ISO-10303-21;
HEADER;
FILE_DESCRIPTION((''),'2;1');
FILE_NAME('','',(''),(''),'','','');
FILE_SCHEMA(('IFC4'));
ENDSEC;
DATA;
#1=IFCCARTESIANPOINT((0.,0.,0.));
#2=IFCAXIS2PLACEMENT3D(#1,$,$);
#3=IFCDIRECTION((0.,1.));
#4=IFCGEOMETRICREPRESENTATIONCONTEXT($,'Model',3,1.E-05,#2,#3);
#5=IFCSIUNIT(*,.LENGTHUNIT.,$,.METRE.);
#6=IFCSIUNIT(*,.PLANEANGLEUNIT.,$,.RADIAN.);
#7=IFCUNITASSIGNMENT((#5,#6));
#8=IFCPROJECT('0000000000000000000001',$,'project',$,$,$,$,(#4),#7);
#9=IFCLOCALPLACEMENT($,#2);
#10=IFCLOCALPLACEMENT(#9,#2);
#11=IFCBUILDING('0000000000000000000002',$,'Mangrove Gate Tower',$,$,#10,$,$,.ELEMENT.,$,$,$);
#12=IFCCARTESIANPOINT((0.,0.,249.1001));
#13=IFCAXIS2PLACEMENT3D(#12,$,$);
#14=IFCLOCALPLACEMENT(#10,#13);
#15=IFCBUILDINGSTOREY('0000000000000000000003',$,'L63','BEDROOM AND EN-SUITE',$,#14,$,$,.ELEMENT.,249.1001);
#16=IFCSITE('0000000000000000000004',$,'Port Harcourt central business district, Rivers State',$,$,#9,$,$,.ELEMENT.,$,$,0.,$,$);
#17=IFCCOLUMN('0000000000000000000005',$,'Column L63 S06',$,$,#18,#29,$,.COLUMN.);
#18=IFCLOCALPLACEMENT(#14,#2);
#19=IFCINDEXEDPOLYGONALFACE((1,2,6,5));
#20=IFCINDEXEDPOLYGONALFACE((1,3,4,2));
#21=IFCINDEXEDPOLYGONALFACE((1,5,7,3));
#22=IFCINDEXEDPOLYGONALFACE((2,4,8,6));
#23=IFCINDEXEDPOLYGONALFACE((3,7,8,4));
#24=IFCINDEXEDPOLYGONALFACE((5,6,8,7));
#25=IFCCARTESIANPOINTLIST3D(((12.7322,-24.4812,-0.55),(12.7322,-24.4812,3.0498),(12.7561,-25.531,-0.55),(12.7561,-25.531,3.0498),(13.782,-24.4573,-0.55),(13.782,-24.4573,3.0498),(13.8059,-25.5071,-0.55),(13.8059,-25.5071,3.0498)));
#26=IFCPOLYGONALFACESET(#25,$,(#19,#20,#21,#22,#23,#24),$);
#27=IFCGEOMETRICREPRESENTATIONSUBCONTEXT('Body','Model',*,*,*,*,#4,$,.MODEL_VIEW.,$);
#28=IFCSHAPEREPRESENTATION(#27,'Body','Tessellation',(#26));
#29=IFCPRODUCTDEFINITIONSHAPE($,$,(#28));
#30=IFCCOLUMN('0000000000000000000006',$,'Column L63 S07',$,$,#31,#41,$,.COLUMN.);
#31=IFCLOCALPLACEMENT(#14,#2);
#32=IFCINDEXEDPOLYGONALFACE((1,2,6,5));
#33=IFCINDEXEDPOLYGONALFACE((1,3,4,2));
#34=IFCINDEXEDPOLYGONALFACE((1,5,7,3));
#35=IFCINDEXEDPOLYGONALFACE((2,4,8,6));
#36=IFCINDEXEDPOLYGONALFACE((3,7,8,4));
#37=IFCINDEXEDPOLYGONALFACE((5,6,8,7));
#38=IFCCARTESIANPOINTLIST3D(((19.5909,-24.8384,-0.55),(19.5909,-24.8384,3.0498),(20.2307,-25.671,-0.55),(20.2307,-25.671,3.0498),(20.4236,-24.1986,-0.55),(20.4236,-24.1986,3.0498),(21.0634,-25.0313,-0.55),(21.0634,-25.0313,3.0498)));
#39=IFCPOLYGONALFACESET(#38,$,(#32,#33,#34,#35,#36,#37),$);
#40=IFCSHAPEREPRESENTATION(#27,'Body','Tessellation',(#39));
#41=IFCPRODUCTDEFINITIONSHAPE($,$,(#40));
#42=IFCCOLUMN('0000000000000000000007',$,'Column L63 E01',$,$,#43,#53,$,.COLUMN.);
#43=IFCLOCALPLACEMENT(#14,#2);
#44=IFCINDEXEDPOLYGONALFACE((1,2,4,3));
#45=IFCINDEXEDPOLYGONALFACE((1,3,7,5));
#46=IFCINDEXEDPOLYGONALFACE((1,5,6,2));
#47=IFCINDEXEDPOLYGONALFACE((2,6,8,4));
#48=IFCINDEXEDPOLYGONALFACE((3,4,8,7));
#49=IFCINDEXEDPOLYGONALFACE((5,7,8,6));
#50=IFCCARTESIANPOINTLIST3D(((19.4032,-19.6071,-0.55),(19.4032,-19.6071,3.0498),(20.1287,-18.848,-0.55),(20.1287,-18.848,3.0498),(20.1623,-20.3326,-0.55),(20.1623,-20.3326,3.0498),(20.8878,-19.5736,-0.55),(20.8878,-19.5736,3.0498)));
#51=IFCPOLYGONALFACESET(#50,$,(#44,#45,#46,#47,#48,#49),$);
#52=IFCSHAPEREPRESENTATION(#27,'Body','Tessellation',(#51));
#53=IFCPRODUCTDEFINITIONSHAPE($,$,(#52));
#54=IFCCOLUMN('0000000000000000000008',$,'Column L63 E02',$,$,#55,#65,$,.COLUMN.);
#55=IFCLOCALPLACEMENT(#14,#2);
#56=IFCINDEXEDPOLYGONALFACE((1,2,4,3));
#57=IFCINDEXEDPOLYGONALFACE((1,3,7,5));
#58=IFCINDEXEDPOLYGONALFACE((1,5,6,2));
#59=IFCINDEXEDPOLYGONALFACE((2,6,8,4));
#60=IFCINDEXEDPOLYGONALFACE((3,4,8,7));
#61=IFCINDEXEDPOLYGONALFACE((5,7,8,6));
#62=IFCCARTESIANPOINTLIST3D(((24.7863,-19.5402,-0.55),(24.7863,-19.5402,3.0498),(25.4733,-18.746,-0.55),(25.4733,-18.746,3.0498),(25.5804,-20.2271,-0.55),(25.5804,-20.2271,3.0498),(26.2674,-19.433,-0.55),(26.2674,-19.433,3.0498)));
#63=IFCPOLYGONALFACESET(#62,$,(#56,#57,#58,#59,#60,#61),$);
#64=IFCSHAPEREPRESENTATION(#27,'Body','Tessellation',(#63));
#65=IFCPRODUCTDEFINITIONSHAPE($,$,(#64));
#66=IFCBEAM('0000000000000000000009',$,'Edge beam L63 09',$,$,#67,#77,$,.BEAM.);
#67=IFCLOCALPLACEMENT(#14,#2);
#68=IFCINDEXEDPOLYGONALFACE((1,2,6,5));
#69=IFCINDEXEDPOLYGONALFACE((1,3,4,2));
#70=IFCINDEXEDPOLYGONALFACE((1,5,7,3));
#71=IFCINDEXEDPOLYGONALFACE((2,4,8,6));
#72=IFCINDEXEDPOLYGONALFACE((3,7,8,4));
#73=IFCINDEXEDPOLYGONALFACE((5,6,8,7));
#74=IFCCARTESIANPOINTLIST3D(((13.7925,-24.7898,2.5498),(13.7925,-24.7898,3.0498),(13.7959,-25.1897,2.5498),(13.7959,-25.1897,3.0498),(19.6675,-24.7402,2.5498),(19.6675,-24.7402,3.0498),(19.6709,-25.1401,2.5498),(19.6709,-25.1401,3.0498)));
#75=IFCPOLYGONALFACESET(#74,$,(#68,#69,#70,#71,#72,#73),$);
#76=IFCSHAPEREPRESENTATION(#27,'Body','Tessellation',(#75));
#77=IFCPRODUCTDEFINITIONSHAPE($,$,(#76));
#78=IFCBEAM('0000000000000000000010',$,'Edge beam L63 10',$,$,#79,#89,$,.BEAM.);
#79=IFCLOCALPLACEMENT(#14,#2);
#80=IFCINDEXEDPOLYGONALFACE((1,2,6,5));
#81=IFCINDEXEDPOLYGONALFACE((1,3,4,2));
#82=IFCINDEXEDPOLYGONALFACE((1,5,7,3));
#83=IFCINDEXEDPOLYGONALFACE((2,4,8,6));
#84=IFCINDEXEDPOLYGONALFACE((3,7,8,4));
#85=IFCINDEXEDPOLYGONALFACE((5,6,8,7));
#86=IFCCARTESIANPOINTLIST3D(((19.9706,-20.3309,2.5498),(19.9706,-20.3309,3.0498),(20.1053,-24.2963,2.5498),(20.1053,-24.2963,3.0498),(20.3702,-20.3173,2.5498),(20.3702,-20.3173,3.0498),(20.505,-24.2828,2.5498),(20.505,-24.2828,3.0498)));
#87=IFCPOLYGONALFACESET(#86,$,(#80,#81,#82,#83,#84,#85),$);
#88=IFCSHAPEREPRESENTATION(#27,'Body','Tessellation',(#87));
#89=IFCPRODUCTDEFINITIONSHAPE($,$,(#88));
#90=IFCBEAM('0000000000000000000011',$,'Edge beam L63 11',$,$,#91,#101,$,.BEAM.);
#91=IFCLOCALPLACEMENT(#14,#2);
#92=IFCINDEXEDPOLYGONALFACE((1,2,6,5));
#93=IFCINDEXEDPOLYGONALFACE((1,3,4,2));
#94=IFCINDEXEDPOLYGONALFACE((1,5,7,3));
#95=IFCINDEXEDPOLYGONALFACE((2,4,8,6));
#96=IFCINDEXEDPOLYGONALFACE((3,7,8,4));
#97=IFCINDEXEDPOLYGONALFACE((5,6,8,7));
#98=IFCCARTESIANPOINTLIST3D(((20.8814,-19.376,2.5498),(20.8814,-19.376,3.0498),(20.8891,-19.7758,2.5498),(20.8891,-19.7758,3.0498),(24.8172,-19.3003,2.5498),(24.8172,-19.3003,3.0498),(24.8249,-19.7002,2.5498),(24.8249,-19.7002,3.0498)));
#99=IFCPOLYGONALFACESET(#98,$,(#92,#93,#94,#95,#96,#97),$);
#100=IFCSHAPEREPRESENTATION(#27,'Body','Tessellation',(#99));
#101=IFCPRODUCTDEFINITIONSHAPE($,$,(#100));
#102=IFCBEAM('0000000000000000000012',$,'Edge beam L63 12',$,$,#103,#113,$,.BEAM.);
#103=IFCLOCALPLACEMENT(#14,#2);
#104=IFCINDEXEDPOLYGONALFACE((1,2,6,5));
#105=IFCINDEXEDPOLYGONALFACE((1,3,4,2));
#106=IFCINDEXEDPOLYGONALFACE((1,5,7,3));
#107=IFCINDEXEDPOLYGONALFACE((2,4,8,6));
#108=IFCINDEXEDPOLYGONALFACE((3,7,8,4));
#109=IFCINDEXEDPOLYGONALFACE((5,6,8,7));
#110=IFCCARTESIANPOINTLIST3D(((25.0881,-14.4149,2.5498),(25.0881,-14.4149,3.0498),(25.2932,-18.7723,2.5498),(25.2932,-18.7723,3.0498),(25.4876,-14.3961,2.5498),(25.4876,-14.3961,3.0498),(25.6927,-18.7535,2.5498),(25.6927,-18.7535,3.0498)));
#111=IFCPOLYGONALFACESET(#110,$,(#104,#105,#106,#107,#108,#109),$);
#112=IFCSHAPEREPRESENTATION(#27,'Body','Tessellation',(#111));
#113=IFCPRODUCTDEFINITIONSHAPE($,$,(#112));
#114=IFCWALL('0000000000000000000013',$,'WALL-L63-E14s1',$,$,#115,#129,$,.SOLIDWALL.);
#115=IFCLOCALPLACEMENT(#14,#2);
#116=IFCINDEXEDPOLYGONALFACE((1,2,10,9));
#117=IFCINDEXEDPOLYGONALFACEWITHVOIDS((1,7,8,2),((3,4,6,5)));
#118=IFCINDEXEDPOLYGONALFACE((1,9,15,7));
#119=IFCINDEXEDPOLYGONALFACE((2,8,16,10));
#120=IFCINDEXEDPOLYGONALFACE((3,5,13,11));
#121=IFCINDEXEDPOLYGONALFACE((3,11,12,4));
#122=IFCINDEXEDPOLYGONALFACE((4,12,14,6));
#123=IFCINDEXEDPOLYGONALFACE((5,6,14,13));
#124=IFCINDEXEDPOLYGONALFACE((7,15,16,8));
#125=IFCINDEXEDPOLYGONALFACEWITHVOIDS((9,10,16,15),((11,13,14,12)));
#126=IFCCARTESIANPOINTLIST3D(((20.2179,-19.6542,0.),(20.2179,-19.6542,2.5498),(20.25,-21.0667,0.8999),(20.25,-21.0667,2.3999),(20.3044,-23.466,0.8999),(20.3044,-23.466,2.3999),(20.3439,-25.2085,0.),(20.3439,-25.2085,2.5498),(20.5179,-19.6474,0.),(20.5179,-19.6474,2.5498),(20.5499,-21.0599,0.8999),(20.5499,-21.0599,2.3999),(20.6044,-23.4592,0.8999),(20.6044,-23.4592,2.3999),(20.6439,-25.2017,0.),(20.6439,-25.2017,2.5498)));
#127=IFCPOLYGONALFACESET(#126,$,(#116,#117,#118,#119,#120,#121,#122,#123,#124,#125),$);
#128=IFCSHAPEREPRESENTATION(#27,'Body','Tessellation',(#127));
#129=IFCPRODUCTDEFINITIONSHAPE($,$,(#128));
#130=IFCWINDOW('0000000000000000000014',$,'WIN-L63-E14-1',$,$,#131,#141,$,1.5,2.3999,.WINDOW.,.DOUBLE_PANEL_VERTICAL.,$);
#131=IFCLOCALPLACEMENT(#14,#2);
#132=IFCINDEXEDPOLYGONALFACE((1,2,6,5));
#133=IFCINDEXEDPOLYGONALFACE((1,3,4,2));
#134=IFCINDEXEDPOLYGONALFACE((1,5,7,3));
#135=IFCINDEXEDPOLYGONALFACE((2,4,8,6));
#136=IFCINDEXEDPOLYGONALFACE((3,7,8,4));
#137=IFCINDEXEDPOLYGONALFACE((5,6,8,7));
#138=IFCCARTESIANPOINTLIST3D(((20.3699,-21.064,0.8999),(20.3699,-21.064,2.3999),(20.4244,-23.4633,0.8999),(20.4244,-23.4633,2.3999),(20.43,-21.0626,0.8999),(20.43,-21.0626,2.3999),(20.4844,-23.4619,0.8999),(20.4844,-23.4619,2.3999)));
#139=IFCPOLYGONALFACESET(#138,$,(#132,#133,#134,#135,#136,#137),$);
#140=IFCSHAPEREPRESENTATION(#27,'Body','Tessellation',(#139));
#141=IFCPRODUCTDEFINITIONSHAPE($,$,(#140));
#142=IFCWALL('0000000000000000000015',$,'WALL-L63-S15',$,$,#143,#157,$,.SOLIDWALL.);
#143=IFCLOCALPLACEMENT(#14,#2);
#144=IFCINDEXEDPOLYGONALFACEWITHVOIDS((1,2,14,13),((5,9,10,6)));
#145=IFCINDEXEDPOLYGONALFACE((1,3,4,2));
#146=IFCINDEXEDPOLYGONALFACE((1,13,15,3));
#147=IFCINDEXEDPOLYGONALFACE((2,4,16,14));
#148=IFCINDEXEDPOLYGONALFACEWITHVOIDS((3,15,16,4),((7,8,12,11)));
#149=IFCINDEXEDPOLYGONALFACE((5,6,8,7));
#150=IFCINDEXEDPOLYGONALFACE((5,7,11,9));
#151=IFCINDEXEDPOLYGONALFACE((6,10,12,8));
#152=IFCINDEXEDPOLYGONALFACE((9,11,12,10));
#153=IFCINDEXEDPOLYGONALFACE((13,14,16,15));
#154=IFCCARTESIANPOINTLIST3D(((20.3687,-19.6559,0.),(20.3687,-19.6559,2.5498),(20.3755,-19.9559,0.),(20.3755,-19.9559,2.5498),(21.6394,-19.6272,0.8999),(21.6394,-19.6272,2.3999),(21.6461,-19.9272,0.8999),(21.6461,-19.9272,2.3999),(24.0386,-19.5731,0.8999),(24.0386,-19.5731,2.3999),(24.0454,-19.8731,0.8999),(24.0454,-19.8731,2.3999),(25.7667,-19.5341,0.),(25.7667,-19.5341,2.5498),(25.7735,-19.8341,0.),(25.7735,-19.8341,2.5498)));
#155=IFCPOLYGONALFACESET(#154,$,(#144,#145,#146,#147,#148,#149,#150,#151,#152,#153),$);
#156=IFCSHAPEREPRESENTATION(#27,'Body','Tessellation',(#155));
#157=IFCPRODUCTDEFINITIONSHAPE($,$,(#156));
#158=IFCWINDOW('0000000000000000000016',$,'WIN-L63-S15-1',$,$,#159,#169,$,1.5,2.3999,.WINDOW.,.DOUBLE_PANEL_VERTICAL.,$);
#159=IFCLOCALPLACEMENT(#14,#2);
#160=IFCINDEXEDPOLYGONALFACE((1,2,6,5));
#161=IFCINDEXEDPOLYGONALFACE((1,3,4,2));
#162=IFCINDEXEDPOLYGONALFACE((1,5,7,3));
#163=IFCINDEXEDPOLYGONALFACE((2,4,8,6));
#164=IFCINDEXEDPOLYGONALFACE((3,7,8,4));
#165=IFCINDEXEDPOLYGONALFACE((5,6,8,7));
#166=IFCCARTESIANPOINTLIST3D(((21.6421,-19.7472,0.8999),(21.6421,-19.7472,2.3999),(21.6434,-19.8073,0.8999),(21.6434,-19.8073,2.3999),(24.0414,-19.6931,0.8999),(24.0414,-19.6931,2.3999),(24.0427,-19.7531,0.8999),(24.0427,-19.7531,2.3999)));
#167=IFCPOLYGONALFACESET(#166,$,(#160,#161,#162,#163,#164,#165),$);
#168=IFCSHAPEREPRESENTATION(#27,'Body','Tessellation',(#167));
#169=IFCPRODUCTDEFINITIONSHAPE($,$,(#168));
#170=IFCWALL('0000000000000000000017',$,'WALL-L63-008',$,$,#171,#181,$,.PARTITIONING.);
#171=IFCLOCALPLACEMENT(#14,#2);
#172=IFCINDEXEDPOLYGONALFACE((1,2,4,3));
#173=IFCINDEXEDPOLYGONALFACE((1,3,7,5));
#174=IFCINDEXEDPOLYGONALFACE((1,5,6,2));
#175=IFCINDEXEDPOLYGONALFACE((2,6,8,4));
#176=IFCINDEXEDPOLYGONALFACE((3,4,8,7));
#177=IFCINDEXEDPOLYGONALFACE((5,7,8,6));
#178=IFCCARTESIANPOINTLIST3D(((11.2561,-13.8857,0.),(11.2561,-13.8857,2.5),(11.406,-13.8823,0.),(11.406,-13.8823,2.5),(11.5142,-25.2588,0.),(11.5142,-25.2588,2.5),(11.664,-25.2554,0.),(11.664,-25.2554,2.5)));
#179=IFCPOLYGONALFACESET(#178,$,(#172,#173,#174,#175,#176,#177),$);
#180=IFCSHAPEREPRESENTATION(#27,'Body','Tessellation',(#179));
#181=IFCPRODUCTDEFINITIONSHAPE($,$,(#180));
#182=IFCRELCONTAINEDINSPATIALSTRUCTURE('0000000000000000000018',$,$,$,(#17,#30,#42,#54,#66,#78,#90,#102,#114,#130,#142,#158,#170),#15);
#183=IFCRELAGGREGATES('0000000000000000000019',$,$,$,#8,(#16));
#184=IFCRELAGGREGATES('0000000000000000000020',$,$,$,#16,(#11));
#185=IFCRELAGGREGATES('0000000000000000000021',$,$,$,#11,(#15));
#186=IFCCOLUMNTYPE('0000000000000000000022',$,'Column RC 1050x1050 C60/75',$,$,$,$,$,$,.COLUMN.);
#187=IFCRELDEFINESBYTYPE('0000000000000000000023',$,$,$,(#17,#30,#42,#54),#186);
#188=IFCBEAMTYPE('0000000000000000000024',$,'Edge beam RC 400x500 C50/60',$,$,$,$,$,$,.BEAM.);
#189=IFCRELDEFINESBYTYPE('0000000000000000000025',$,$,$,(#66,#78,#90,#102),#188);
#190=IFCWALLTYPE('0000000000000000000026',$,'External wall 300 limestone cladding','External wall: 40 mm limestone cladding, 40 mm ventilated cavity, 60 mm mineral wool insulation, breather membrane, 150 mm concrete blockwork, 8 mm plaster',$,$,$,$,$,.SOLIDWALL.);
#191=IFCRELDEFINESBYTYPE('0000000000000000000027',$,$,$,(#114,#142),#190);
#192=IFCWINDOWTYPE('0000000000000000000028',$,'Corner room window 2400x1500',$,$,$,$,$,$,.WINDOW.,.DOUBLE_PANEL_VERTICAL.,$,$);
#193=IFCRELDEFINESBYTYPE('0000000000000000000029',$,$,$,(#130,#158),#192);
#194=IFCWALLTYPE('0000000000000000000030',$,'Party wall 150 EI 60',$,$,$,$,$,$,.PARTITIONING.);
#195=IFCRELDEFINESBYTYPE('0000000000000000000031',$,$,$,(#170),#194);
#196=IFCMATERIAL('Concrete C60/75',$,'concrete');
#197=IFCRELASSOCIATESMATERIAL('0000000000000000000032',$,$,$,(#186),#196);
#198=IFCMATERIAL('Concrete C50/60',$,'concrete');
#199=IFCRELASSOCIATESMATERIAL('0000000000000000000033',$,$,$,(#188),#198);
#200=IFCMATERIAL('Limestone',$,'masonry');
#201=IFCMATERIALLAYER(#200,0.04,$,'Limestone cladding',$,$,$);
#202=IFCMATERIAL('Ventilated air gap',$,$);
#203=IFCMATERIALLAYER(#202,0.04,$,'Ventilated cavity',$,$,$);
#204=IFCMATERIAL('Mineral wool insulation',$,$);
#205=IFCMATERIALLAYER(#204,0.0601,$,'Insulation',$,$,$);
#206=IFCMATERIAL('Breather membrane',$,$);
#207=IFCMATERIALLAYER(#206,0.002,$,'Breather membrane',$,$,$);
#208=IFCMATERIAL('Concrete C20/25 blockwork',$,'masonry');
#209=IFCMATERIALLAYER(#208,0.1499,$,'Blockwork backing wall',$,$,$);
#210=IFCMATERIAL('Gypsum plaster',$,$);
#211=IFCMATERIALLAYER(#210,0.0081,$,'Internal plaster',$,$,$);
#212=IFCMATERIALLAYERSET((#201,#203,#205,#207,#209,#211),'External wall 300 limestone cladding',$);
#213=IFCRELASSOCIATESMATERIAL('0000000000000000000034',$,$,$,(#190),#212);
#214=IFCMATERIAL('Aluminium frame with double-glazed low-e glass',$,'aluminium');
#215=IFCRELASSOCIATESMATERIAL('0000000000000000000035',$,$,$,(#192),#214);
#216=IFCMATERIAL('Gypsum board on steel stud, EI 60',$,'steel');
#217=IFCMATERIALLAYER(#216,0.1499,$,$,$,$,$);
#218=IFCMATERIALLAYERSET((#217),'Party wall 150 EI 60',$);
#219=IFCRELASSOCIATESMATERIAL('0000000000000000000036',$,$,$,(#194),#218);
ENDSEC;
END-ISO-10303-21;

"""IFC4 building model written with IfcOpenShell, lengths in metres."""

from ifc_helpers import new_model, si_unit, direction, frame, frame_2d, origin, origin_2d, place, context, subcontext, project, spatial, rectangle, extrude, material, layer, layer_set, material_profile, profile_set, type_object, element, fill, save


model = new_model("IFC4")

# Units and contexts
model_context = context("Model", 3, precision=1e-05, world=origin(), true_north=direction((0.0, 1.0)))
body_context = subcontext(model_context, "Body", "Model", "MODEL_VIEW")
ifc_project = project(units=[si_unit("LENGTHUNIT", "METRE"), si_unit("PLANEANGLEUNIT", "RADIAN")], contexts=[model_context])

# Site, building, storey
site_placement = place(None, origin())
site = spatial("IfcSite", under=ifc_project, at=site_placement, Name="Port Harcourt central business district, Rivers State", CompositionType="ELEMENT", RefElevation=0.0)
building_placement = place(site_placement, origin())
building = spatial("IfcBuilding", under=site, at=building_placement, Name="Mangrove Gate Tower", CompositionType="ELEMENT")
storey_placement = place(building_placement, frame((0.0, 0.0, 249.1001)))
storey = spatial("IfcBuildingStorey", under=building, at=storey_placement, Name="L63", Description="BEDROOM AND EN-SUITE", CompositionType="ELEMENT", Elevation=249.1001)

# Columns
ifc_material_1 = material(Name="Concrete C60/75", Category="concrete")
ifc_material_profile_1 = material_profile(ifc_material_1, rectangle(XDim=1.05, YDim=1.05, at=origin_2d()))
ifc_profile_set_1 = profile_set([ifc_material_profile_1], Name="Concrete C60/75")
column_type = type_object("IfcColumnType", Name="Column RC 1050x1050 C60/75", PredefinedType="COLUMN", material=ifc_profile_set_1)
for number, where, z_axis, x_axis, name in (
    (1, (13.269, -24.9941, -0.55), (0.0, 0.0, 1.0), (0.999742, 0.022734, 0.0), "Column L63 S06"),
    (2, (20.3271, -24.9348, -0.55), (0.0, 0.0, 1.0), (0.792958, 0.609277, 0.0), "Column L63 S07"),
    (3, (20.1455, -19.5903, -0.55), (0.0, 0.0, 1.0), (0.690952, 0.722901, 0.0), "Column L63 E01"),
    (4, (25.5269, -19.4866, -0.55), (0.0, 0.0, 1.0), (0.654235, 0.756292, 0.0), "Column L63 E02"),
):
    element("IfcColumn", number, at=place(storey_placement, frame(where, z_axis=z_axis, x_axis=x_axis)), inside=storey, type_object=column_type, Name=name, PredefinedType="COLUMN", context=body_context, shape_type="SweptSolid", body=[
        extrude(rectangle(XDim=1.05, YDim=1.05, at=origin_2d()), origin(), (0.0, 0.0, 1.0), 3.5999),
    ])

# Beams
ifc_material_2 = material(Name="Concrete C50/60", Category="concrete")
ifc_material_profile_2 = material_profile(ifc_material_2, rectangle(XDim=0.3999, YDim=0.5, at=origin_2d()))
ifc_profile_set_2 = profile_set([ifc_material_profile_2], Name="Concrete C50/60")
beam_type = type_object("IfcBeamType", Name="Edge beam RC 400x500 C50/60", PredefinedType="BEAM", material=ifc_profile_set_2)
beam_1_placement = place(storey_placement, frame((13.7942, -24.9897, 2.7998), z_axis=(0.999964, 0.008436, 0.0), x_axis=(-0.008436, 0.999964, 0.0)))
element("IfcBeam", 5, at=beam_1_placement, inside=storey, type_object=beam_type, Name="Edge beam L63 09", PredefinedType="BEAM", context=body_context, shape_type="SweptSolid", body=[
    extrude(rectangle(XDim=0.3999, YDim=0.5, at=origin_2d()), origin(), (0.0, 0.0, 1.0), 5.8752),
])
beam_2_placement = place(storey_placement, frame((20.3052, -24.2896, 2.7998), z_axis=(-0.033964, 0.999423, 0.0), x_axis=(-0.999423, -0.033964, 0.0)))
element("IfcBeam", 6, at=beam_2_placement, inside=storey, type_object=beam_type, Name="Edge beam L63 10", PredefinedType="BEAM", context=body_context, shape_type="SweptSolid", body=[
    extrude(rectangle(XDim=0.3999, YDim=0.5, at=origin_2d()), origin(), (0.0, 0.0, 1.0), 3.9678),
])
beam_3_placement = place(storey_placement, frame((20.8853, -19.5759, 2.7998), z_axis=(0.999815, 0.019226, 0.0), x_axis=(-0.019226, 0.999815, 0.0)))
element("IfcBeam", 7, at=beam_3_placement, inside=storey, type_object=beam_type, Name="Edge beam L63 11", PredefinedType="BEAM", context=body_context, shape_type="SweptSolid", body=[
    extrude(rectangle(XDim=0.3999, YDim=0.5, at=origin_2d()), origin(), (0.0, 0.0, 1.0), 3.9365),
])
beam_4_placement = place(storey_placement, frame((25.4929, -18.7629, 2.7998), z_axis=(-0.047012, 0.998894, 0.0), x_axis=(-0.998894, -0.047012, 0.0)))
element("IfcBeam", 8, at=beam_4_placement, inside=storey, type_object=beam_type, Name="Edge beam L63 12", PredefinedType="BEAM", context=body_context, shape_type="SweptSolid", body=[
    extrude(rectangle(XDim=0.3999, YDim=0.5, at=origin_2d()), origin(), (0.0, 0.0, 1.0), 4.3623),
])

# Shared definitions
ifc_material_3 = material(Name="Limestone", Category="masonry")
ifc_layer_1 = layer(ifc_material_3, 0.04, Name="Limestone cladding")
ifc_material_4 = material(Name="Ventilated air gap")
ifc_layer_2 = layer(ifc_material_4, 0.04, Name="Ventilated cavity")
ifc_material_5 = material(Name="Mineral wool insulation")
ifc_layer_3 = layer(ifc_material_5, 0.0601, Name="Insulation")
ifc_material_6 = material(Name="Breather membrane")
ifc_layer_4 = layer(ifc_material_6, 0.002, Name="Breather membrane")
ifc_material_7 = material(Name="Concrete C20/25 blockwork", Category="masonry")
ifc_layer_5 = layer(ifc_material_7, 0.1499, Name="Blockwork backing wall")
ifc_material_8 = material(Name="Gypsum plaster")
ifc_layer_6 = layer(ifc_material_8, 0.0081, Name="Internal plaster")
ifc_layer_set_1 = layer_set([ifc_layer_1, ifc_layer_2, ifc_layer_3, ifc_layer_4, ifc_layer_5, ifc_layer_6], Name="External wall 300 limestone cladding")
wall_type_1 = type_object("IfcWallType", Name="External wall 300 limestone cladding", Description="External wall: 40 mm limestone cladding, 40 mm ventilated cavity, 60 mm mineral wool insulation, breather membrane, 150 mm concrete blockwork, 8 mm plaster", PredefinedType="SOLIDWALL", material=ifc_layer_set_1)
ifc_material_9 = material(Name="Aluminium frame with double-glazed low-e glass", Category="aluminium")
window_type = type_object("IfcWindowType", Name="Corner room window 2400x1500", PartitioningType="DOUBLE_PANEL_VERTICAL", PredefinedType="WINDOW", material=ifc_material_9)

# Walls, openings, windows
wall_1_placement = place(storey_placement, frame((20.4939, -25.2051, 0.0), z_axis=(0.0, 0.0, 1.0), x_axis=(-0.022675, 0.999743, 0.0)))
wall_1 = element("IfcWall", 9, at=wall_1_placement, inside=storey, type_object=wall_type_1, Name="WALL-L63-E14s1", PredefinedType="SOLIDWALL", context=body_context, shape_type="SweptSolid", body=[
    extrude(rectangle(XDim=5.5557, YDim=0.3, at=frame_2d((2.7778, 0.0))), origin(), (0.0, 0.0, 1.0), 2.5498),
])
opening_1_placement = place(wall_1_placement, frame((1.7429, 0.0, 0.8999)))
opening_1 = element("IfcOpeningElement", 10, at=opening_1_placement, cuts=wall_1, PredefinedType="OPENING", context=body_context, shape_type="SweptSolid", body=[
    extrude(rectangle(XDim=2.3999, YDim=1.5, at=frame_2d((1.2, 0.75))), frame((0.0, 0.1599, 0.0), z_axis=(0.0, -1.0, 0.0), x_axis=(1.0, 0.0, 0.0)), (0.0, 0.0, 1.0), 0.3201),
])
window_1_placement = place(opening_1_placement, origin())
window_1 = element("IfcWindow", 11, at=window_1_placement, inside=storey, type_object=window_type, Name="WIN-L63-E14-1", OverallHeight=1.5, OverallWidth=2.3999, PartitioningType="DOUBLE_PANEL_VERTICAL", PredefinedType="WINDOW", context=body_context, shape_type="SweptSolid", body=[
    extrude(rectangle(XDim=2.3999, YDim=1.5, at=frame_2d((1.2, 0.75))), frame((0.0, 0.03, 0.0), z_axis=(0.0, -1.0, 0.0), x_axis=(1.0, 0.0, 0.0)), (0.0, 0.0, 1.0), 0.0601),
])
fill(opening_1, window_1)
wall_2_placement = place(storey_placement, frame((20.3721, -19.8059, 0.0), z_axis=(0.0, 0.0, 1.0), x_axis=(0.999745, 0.022563, 0.0)))
wall_2 = element("IfcWall", 12, at=wall_2_placement, inside=storey, type_object=wall_type_1, Name="WALL-L63-S15", PredefinedType="SOLIDWALL", context=body_context, shape_type="SweptSolid", body=[
    extrude(rectangle(XDim=5.3994, YDim=0.3, at=frame_2d((2.6997, 0.0))), origin(), (0.0, 0.0, 1.0), 2.5498),
])
opening_2_placement = place(wall_2_placement, frame((1.271, 0.0, 0.8999)))
opening_2 = element("IfcOpeningElement", 13, at=opening_2_placement, cuts=wall_2, PredefinedType="OPENING", context=body_context, shape_type="SweptSolid", body=[
    extrude(rectangle(XDim=2.3999, YDim=1.5, at=frame_2d((1.2, 0.75))), frame((0.0, 0.1599, 0.0), z_axis=(0.0, -1.0, 0.0), x_axis=(1.0, 0.0, 0.0)), (0.0, 0.0, 1.0), 0.3201),
])
window_2_placement = place(opening_2_placement, origin())
window_2 = element("IfcWindow", 14, at=window_2_placement, inside=storey, type_object=window_type, Name="WIN-L63-S15-1", OverallHeight=1.5, OverallWidth=2.3999, PartitioningType="DOUBLE_PANEL_VERTICAL", PredefinedType="WINDOW", context=body_context, shape_type="SweptSolid", body=[
    extrude(rectangle(XDim=2.3999, YDim=1.5, at=frame_2d((1.2, 0.75))), frame((0.0, 0.03, 0.0), z_axis=(0.0, -1.0, 0.0), x_axis=(1.0, 0.0, 0.0)), (0.0, 0.0, 1.0), 0.0601),
])
fill(opening_2, window_2)

# Wall
ifc_material_10 = material(Name="Gypsum board on steel stud, EI 60", Category="steel")
ifc_layer_7 = layer(ifc_material_10, 0.1499)
ifc_layer_set_2 = layer_set([ifc_layer_7], Name="Party wall 150 EI 60")
wall_type_2 = type_object("IfcWallType", Name="Party wall 150 EI 60", PredefinedType="PARTITIONING", material=ifc_layer_set_2)
wall_3_placement = place(storey_placement, frame((11.5891, -25.2571, 0.0), z_axis=(0.0, 0.0, 1.0), x_axis=(-0.022684, 0.999743, 0.0)))
element("IfcWall", 15, at=wall_3_placement, inside=storey, type_object=wall_type_2, Name="WALL-L63-008", PredefinedType="PARTITIONING", context=body_context, shape_type="SweptSolid", body=[
    extrude(rectangle(XDim=11.376, YDim=0.1499, at=frame_2d((5.688, 0.0))), origin(), (0.0, 0.0, 1.0), 2.5),
])

save(model, "model.ifc")
